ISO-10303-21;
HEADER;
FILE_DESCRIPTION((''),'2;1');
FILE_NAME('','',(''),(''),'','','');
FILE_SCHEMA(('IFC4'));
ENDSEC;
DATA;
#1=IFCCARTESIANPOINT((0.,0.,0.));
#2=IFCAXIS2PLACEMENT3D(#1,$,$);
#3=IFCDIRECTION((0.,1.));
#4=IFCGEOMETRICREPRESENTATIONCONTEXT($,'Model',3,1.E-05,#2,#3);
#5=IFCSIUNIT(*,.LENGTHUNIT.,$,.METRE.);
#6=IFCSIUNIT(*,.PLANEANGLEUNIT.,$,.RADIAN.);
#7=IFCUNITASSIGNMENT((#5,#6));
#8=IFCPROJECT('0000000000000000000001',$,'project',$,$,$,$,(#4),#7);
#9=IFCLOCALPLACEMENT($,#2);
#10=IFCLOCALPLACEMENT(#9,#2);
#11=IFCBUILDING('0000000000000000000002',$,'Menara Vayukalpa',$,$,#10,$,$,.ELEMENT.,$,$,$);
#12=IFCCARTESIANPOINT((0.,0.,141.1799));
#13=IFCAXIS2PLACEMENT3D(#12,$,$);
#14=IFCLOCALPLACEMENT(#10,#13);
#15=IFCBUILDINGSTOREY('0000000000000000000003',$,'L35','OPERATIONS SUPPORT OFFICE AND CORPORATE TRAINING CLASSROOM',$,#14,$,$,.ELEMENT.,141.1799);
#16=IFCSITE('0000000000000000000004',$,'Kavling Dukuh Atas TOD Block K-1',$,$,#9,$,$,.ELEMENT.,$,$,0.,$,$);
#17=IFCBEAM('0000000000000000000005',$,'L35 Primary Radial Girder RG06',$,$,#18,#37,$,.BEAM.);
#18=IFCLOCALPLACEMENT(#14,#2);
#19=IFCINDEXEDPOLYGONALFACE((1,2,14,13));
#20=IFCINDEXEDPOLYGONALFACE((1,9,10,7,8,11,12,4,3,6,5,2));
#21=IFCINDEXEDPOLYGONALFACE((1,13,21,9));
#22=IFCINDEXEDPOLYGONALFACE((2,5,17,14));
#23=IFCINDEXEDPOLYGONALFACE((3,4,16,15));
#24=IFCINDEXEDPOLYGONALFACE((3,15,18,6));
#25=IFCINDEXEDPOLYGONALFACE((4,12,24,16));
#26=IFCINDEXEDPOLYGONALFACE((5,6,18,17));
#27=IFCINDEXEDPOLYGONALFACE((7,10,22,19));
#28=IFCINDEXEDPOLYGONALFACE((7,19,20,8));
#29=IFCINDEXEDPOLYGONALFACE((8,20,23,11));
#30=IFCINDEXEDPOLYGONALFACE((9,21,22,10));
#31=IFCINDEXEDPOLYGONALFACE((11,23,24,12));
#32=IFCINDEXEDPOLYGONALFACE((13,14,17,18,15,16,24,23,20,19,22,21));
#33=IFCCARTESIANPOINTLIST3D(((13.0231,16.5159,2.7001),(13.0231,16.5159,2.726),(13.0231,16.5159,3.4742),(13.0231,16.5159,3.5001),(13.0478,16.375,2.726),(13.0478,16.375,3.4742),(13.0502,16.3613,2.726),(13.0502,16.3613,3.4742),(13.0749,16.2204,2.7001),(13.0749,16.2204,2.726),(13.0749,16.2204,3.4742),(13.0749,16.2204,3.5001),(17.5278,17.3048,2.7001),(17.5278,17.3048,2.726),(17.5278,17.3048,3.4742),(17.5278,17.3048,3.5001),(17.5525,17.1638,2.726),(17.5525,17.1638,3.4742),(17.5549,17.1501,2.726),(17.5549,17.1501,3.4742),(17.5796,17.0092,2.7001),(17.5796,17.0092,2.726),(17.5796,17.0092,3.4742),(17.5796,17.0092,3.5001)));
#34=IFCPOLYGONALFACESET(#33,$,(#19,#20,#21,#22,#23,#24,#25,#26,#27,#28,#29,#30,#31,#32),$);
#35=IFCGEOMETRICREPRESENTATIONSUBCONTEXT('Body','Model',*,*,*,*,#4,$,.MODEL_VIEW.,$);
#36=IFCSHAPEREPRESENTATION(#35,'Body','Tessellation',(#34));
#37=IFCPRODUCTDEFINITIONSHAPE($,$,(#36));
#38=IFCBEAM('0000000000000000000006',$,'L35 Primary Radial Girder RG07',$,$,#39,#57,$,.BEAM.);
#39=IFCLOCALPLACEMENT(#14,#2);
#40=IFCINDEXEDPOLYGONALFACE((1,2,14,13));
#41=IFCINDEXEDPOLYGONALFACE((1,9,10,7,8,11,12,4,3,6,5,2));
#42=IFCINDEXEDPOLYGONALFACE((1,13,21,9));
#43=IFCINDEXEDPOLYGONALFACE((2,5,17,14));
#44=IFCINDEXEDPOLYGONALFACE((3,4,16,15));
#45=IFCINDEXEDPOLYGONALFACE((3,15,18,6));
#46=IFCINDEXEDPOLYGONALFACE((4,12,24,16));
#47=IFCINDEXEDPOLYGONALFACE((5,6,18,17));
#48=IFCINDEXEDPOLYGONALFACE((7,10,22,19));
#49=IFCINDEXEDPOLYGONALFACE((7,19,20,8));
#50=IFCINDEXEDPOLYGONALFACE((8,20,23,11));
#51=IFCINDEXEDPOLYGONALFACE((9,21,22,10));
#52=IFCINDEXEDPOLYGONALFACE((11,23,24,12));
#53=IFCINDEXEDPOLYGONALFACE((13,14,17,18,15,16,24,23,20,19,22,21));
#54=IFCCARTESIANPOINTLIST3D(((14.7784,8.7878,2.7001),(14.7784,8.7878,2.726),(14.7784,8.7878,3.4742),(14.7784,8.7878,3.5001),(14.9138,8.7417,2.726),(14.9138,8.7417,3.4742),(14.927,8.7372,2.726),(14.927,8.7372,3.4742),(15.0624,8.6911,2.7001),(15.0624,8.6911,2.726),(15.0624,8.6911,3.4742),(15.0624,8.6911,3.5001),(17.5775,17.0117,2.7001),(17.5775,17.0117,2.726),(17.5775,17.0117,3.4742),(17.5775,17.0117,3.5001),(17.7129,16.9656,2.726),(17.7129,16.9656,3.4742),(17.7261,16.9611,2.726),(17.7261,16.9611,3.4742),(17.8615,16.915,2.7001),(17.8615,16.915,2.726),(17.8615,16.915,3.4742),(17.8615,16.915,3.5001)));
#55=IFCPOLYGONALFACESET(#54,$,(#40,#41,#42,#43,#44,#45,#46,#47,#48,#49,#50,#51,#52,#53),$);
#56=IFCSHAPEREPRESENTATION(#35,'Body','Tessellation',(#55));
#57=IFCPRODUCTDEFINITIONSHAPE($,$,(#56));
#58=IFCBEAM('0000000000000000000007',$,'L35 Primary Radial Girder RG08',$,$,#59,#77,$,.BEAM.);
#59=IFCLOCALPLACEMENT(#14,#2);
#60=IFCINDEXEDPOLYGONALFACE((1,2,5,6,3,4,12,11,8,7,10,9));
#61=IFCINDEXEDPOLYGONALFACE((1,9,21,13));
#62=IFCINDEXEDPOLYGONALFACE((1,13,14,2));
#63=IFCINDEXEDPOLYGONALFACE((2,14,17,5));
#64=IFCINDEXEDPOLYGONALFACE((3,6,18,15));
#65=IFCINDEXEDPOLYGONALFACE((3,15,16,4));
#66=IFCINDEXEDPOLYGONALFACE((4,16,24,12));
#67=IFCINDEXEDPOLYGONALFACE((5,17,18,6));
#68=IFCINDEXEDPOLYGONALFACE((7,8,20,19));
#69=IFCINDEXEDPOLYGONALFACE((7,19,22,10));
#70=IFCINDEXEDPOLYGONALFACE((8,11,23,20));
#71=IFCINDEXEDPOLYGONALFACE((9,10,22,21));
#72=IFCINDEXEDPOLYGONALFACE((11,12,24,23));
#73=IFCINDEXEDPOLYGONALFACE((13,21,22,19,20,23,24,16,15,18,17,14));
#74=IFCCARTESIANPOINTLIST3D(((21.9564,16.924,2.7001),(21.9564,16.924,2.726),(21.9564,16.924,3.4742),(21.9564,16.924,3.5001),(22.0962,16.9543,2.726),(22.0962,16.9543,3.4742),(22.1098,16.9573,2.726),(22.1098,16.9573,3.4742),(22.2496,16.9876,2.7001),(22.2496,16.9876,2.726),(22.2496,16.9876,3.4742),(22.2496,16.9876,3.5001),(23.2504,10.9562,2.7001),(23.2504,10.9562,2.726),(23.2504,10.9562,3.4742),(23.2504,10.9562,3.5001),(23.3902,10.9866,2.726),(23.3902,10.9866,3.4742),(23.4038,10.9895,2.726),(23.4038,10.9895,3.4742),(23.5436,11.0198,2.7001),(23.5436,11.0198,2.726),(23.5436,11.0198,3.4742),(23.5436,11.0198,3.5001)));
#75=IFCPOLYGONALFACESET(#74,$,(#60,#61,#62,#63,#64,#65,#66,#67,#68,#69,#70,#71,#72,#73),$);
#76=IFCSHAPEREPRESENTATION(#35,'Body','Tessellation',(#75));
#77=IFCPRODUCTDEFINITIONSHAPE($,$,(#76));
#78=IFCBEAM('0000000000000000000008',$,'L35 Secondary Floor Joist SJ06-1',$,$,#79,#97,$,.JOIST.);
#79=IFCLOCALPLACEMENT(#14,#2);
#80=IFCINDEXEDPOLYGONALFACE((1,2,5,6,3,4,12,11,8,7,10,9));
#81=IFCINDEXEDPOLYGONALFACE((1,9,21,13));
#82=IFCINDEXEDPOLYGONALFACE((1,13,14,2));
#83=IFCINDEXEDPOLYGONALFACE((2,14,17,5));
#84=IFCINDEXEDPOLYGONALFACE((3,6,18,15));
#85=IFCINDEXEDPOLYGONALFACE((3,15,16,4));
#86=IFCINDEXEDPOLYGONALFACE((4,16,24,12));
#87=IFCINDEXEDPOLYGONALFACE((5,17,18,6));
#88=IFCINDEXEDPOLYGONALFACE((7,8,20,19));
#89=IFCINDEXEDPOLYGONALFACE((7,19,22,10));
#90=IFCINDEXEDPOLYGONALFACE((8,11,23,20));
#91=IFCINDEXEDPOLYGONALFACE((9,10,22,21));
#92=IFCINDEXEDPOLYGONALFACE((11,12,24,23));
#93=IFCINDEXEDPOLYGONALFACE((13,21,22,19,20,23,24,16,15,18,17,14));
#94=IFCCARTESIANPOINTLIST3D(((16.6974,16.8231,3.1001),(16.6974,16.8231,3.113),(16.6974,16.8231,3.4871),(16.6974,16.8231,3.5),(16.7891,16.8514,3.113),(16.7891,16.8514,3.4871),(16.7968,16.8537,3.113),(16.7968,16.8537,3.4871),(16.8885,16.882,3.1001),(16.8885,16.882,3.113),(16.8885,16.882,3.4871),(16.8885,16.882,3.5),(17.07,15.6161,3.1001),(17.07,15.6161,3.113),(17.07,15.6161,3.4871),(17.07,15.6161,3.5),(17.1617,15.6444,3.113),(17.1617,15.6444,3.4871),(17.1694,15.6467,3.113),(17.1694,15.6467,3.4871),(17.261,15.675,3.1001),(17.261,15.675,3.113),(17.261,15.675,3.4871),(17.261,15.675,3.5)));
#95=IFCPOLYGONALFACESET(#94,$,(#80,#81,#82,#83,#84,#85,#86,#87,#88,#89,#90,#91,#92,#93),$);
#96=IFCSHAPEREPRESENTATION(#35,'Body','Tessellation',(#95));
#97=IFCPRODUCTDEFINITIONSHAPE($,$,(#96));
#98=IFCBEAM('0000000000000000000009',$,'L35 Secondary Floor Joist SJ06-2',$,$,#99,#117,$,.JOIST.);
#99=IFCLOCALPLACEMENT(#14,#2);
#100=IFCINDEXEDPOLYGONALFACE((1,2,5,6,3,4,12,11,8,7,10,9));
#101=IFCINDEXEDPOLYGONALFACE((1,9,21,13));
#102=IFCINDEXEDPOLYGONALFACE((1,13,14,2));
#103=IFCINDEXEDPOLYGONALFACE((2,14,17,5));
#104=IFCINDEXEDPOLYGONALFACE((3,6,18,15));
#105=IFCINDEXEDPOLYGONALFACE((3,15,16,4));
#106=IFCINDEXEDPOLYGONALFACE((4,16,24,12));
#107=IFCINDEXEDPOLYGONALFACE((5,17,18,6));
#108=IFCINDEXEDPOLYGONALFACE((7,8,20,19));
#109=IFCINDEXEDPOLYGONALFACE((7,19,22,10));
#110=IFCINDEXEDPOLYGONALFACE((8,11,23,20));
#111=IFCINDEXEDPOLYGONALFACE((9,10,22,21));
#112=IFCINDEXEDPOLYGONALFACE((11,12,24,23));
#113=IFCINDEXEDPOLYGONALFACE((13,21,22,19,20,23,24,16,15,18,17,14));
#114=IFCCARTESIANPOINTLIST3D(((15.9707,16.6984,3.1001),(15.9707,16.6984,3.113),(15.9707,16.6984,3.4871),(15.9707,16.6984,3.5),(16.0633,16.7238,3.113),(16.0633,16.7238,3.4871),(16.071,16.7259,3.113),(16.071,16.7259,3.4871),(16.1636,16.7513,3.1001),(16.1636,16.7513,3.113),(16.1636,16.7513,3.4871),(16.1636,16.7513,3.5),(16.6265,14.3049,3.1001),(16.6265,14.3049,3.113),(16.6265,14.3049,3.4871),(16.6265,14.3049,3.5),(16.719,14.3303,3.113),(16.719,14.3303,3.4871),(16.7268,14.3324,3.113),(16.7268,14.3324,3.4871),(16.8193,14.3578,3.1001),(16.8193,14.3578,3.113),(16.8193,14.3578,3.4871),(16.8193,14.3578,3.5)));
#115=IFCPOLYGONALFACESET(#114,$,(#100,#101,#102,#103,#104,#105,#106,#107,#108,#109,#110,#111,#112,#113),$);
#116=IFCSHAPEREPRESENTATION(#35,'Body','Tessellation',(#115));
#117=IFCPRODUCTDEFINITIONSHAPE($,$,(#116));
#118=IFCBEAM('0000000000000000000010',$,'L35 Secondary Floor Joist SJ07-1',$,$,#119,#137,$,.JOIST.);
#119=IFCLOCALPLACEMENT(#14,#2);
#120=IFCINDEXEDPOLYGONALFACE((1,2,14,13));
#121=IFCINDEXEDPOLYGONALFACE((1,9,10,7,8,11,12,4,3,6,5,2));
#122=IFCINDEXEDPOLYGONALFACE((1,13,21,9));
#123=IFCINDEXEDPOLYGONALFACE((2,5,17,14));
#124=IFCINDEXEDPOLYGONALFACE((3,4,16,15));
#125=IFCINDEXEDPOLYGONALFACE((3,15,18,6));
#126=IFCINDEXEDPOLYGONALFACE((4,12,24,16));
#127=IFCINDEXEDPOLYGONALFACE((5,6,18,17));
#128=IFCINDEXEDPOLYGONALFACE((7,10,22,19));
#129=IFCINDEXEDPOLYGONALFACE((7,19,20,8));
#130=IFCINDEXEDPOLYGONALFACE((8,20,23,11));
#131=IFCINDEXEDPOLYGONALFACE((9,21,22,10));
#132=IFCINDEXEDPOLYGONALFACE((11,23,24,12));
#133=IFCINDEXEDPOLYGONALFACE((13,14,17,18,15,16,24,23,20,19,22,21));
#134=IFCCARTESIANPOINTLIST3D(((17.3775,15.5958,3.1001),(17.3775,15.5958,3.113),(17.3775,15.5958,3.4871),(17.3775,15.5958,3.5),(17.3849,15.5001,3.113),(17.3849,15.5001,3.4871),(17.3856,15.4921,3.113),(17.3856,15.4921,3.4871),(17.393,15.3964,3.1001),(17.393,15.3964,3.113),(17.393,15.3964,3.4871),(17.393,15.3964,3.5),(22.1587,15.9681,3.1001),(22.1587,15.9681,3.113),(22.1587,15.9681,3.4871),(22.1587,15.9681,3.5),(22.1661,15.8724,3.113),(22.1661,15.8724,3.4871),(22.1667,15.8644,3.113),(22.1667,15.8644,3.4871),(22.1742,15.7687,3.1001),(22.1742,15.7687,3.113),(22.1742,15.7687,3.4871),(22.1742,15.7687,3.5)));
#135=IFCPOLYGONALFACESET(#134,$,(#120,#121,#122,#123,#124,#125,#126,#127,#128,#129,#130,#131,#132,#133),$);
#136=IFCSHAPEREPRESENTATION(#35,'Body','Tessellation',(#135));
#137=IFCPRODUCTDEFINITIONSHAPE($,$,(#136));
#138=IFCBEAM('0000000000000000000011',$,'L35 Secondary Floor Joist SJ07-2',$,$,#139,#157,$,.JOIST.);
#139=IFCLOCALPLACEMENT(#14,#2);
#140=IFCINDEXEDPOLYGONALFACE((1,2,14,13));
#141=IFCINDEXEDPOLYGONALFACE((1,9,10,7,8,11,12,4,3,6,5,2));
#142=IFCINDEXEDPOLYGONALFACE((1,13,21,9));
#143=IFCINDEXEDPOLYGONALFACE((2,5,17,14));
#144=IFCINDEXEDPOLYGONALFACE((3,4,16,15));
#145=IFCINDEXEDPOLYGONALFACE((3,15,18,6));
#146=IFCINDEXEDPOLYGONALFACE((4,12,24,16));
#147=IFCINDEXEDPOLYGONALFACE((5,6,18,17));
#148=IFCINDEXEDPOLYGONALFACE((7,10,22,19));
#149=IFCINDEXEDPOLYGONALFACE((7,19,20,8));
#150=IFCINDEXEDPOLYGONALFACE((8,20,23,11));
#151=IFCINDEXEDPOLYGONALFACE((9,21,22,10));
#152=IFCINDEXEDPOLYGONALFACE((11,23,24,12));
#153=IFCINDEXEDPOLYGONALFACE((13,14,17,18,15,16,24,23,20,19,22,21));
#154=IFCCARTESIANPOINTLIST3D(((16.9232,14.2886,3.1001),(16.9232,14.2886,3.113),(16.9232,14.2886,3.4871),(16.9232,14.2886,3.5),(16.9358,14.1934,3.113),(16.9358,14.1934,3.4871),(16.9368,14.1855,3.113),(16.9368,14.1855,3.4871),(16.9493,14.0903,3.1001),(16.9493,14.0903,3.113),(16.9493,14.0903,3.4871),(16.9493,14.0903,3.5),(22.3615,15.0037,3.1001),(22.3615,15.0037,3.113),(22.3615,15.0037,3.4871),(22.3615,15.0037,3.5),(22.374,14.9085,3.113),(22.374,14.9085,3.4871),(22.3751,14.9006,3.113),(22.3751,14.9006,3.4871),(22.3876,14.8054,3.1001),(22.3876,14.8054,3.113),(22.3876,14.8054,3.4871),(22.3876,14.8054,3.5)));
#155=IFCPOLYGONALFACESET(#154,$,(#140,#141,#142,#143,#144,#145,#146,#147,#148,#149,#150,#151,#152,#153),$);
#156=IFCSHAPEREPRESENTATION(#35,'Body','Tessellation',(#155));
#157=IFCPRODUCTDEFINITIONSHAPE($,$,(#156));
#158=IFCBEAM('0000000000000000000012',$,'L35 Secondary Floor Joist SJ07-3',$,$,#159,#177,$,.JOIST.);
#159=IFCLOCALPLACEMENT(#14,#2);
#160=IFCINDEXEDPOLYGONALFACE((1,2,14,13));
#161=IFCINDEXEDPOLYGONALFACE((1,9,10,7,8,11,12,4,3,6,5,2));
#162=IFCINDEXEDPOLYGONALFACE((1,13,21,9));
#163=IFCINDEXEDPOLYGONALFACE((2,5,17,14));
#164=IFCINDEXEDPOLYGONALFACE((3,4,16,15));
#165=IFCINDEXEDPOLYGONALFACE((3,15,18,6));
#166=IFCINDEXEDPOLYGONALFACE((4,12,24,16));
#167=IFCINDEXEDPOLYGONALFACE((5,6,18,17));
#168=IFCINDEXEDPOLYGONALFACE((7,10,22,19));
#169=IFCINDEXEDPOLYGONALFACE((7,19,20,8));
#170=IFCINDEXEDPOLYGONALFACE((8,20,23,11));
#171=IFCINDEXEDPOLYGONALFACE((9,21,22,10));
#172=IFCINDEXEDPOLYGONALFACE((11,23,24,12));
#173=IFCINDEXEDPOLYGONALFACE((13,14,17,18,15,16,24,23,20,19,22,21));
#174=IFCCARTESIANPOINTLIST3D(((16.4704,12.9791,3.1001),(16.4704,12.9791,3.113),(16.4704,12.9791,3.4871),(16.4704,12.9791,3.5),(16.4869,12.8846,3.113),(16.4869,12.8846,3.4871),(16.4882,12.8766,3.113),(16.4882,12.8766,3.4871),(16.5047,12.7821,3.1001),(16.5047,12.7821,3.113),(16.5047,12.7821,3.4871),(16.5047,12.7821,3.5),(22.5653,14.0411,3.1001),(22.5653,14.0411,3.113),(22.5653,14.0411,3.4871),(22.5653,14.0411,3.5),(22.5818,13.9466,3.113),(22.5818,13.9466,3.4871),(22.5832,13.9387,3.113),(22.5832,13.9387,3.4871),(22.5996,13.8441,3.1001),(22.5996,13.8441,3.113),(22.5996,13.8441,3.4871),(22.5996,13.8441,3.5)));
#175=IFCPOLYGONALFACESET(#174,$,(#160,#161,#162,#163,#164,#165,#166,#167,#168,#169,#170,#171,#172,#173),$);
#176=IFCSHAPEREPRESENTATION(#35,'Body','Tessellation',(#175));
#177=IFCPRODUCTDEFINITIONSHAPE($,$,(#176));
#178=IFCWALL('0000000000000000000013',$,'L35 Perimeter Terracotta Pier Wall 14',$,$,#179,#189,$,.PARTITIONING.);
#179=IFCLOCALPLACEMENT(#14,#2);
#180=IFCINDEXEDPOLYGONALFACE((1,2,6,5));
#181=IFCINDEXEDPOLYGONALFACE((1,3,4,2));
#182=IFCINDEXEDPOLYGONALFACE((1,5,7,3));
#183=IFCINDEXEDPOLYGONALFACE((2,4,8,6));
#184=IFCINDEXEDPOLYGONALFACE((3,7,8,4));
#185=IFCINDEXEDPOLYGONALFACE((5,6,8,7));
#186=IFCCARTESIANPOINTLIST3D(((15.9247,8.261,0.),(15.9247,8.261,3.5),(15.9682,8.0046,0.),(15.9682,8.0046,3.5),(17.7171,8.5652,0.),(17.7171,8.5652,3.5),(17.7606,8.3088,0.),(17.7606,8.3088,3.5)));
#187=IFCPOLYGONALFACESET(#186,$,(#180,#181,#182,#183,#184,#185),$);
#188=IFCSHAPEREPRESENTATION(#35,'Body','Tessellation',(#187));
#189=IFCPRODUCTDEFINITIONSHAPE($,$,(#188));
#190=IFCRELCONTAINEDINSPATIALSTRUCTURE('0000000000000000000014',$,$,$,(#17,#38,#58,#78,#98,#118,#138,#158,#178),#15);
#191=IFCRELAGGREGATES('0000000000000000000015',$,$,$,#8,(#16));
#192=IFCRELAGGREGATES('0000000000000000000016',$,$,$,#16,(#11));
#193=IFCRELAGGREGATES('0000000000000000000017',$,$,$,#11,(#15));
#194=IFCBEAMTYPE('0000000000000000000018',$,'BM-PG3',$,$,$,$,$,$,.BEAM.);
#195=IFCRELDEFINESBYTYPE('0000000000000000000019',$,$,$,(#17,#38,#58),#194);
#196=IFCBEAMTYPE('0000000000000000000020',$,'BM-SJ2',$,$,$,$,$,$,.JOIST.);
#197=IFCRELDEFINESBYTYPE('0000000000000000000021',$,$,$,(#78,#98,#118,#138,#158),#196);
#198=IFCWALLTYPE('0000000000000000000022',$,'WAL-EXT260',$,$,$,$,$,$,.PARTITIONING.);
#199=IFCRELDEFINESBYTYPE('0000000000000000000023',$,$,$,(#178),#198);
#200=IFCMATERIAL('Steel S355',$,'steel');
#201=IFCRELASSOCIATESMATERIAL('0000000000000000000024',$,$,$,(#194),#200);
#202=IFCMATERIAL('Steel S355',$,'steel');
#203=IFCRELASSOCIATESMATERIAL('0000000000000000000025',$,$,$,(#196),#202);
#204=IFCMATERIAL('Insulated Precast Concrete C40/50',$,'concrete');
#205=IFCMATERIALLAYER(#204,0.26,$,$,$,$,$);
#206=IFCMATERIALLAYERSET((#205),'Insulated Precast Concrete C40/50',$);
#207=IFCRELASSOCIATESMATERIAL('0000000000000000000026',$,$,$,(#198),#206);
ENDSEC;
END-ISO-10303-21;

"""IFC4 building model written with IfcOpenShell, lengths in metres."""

from ifc_helpers import new_model, si_unit, direction, frame, frame_2d, origin, origin_2d, place, context, subcontext, project, spatial, rectangle, i_section, extrude, material, layer, layer_set, material_profile, profile_set, type_object, element, save


model = new_model("IFC4")

# Units and contexts
model_context = context("Model", 3, precision=1e-05, world=origin(), true_north=direction((0.0, 1.0)))
body_context = subcontext(model_context, "Body", "Model", "MODEL_VIEW")
ifc_project = project(units=[si_unit("LENGTHUNIT", "METRE"), si_unit("PLANEANGLEUNIT", "RADIAN")], contexts=[model_context])

# Site, building, storey
site_placement = place(None, origin())
site = spatial("IfcSite", under=ifc_project, at=site_placement, Name="Kavling Dukuh Atas TOD Block K-1", CompositionType="ELEMENT", RefElevation=0.0)
building_placement = place(site_placement, origin())
building = spatial("IfcBuilding", under=site, at=building_placement, Name="Menara Vayukalpa", CompositionType="ELEMENT")
storey_placement = place(building_placement, frame((0.0, 0.0, 141.1799)))
storey = spatial("IfcBuildingStorey", under=building, at=storey_placement, Name="L35", Description="OPERATIONS SUPPORT OFFICE AND CORPORATE TRAINING CLASSROOM", CompositionType="ELEMENT", Elevation=141.1799)

# Beams
ifc_material_1 = material(Name="Steel S355", Category="steel")
ifc_material_profile_1 = material_profile(ifc_material_1, i_section(OverallWidth=0.3, OverallDepth=0.8, WebThickness=0.0139, FlangeThickness=0.0259, at=origin_2d()), Name="WF 800x300x14x26")
ifc_profile_set_1 = profile_set([ifc_material_profile_1], Name="Steel S355")
beam_type_1 = type_object("IfcBeamType", Name="BM-PG3", PredefinedType="BEAM", material=ifc_profile_set_1)
beam_1_placement = place(storey_placement, frame((17.5537, 17.157, 3.1001), z_axis=(-0.985012, -0.172488, 0.0), x_axis=(0.172488, -0.985012, 0.0)))
element("IfcBeam", 1, at=beam_1_placement, inside=storey, type_object=beam_type_1, Name="L35 Primary Radial Girder RG06", PredefinedType="BEAM", context=body_context, shape_type="SweptSolid", body=[
    extrude(i_section(OverallWidth=0.3, OverallDepth=0.8, WebThickness=0.0139, FlangeThickness=0.0259, at=origin_2d()), origin(), (0.0, 0.0, 1.0), 4.5732),
])
beam_2_placement = place(storey_placement, frame((17.7195, 16.9634, 3.1001), z_axis=(-0.322208, -0.946669, 0.0), x_axis=(0.946669, -0.322208, 0.0)))
element("IfcBeam", 2, at=beam_2_placement, inside=storey, type_object=beam_type_1, Name="L35 Primary Radial Girder RG07", PredefinedType="BEAM", context=body_context, shape_type="SweptSolid", body=[
    extrude(i_section(OverallWidth=0.3, OverallDepth=0.8, WebThickness=0.0139, FlangeThickness=0.0259, at=origin_2d()), origin(), (0.0, 0.0, 1.0), 8.6873),
])
beam_3_placement = place(storey_placement, frame((22.103, 16.9558, 3.1001), z_axis=(0.211898, -0.977292, 0.0), x_axis=(0.977292, 0.211898, 0.0)))
element("IfcBeam", 3, at=beam_3_placement, inside=storey, type_object=beam_type_1, Name="L35 Primary Radial Girder RG08", PredefinedType="BEAM", context=body_context, shape_type="SweptSolid", body=[
    extrude(i_section(OverallWidth=0.3, OverallDepth=0.8, WebThickness=0.0139, FlangeThickness=0.0259, at=origin_2d()), origin(), (0.0, 0.0, 1.0), 6.1064),
])
ifc_material_2 = material(Name="Steel S355", Category="steel")
ifc_material_profile_2 = material_profile(ifc_material_2, i_section(OverallWidth=0.2, OverallDepth=0.3999, WebThickness=0.0081, FlangeThickness=0.0129, at=origin_2d()), Name="WF 400x200x8x13")
ifc_profile_set_2 = profile_set([ifc_material_profile_2], Name="Steel S355")
beam_type_2 = type_object("IfcBeamType", Name="BM-SJ2", PredefinedType="JOIST", material=ifc_profile_set_2)
beam_4_placement = place(storey_placement, frame((16.793, 16.8525, 3.3), z_axis=(0.294928, -0.95552, 0.0), x_axis=(0.95552, 0.294928, 0.0)))
element("IfcBeam", 4, at=beam_4_placement, inside=storey, type_object=beam_type_2, Name="L35 Secondary Floor Joist SJ06-1", PredefinedType="JOIST", context=body_context, shape_type="SweptSolid", body=[
    extrude(i_section(OverallWidth=0.2, OverallDepth=0.3999, WebThickness=0.0081, FlangeThickness=0.0129, at=origin_2d()), origin(), (0.0, 0.0, 1.0), 1.2632),
])
beam_5_placement = place(storey_placement, frame((16.0671, 16.7249, 3.3), z_axis=(0.264233, -0.964459, 0.0), x_axis=(0.964459, 0.264233, 0.0)))
element("IfcBeam", 5, at=beam_5_placement, inside=storey, type_object=beam_type_2, Name="L35 Secondary Floor Joist SJ06-2", PredefinedType="JOIST", context=body_context, shape_type="SweptSolid", body=[
    extrude(i_section(OverallWidth=0.2, OverallDepth=0.3999, WebThickness=0.0081, FlangeThickness=0.0129, at=origin_2d()), origin(), (0.0, 0.0, 1.0), 2.4817),
])
beam_6_placement = place(storey_placement, frame((17.3853, 15.4961, 3.3), z_axis=(0.996982, 0.077635, 0.0), x_axis=(-0.077635, 0.996982, 0.0)))
element("IfcBeam", 6, at=beam_6_placement, inside=storey, type_object=beam_type_2, Name="L35 Secondary Floor Joist SJ07-1", PredefinedType="JOIST", context=body_context, shape_type="SweptSolid", body=[
    extrude(i_section(OverallWidth=0.2, OverallDepth=0.3999, WebThickness=0.0081, FlangeThickness=0.0129, at=origin_2d()), origin(), (0.0, 0.0, 1.0), 4.7957),
])
beam_7_placement = place(storey_placement, frame((16.9363, 14.1895, 3.3), z_axis=(0.991465, 0.13037, 0.0), x_axis=(-0.13037, 0.991465, 0.0)))
element("IfcBeam", 7, at=beam_7_placement, inside=storey, type_object=beam_type_2, Name="L35 Secondary Floor Joist SJ07-2", PredefinedType="JOIST", context=body_context, shape_type="SweptSolid", body=[
    extrude(i_section(OverallWidth=0.2, OverallDepth=0.3999, WebThickness=0.0081, FlangeThickness=0.0129, at=origin_2d()), origin(), (0.0, 0.0, 1.0), 5.4851),
])
beam_8_placement = place(storey_placement, frame((16.4875, 12.8806, 3.3), z_axis=(0.985157, 0.171658, 0.0), x_axis=(-0.171658, 0.985157, 0.0)))
element("IfcBeam", 8, at=beam_8_placement, inside=storey, type_object=beam_type_2, Name="L35 Secondary Floor Joist SJ07-3", PredefinedType="JOIST", context=body_context, shape_type="SweptSolid", body=[
    extrude(i_section(OverallWidth=0.2, OverallDepth=0.3999, WebThickness=0.0081, FlangeThickness=0.0129, at=origin_2d()), origin(), (0.0, 0.0, 1.0), 6.1868),
])

# Wall
ifc_material_3 = material(Name="Insulated Precast Concrete C40/50", Category="concrete")
ifc_layer_1 = layer(ifc_material_3, 0.26)
ifc_layer_set_1 = layer_set([ifc_layer_1], Name="Insulated Precast Concrete C40/50")
wall_type_1 = type_object("IfcWallType", Name="WAL-EXT260", PredefinedType="PARTITIONING", material=ifc_layer_set_1)
wall_1_placement = place(storey_placement, frame((17.739, 8.437, 0.0), z_axis=(0.0, 0.0, 1.0), x_axis=(-0.985903, -0.167316, 0.0)))
element("IfcWall", 9, at=wall_1_placement, inside=storey, type_object=wall_type_1, Name="L35 Perimeter Terracotta Pier Wall 14", PredefinedType="PARTITIONING", context=body_context, shape_type="SweptSolid", body=[
    extrude(rectangle(XDim=1.8181, YDim=0.26, at=frame_2d((0.9092, 0.0))), origin(), (0.0, 0.0, 1.0), 3.5),
])

save(model, "model.ifc")
